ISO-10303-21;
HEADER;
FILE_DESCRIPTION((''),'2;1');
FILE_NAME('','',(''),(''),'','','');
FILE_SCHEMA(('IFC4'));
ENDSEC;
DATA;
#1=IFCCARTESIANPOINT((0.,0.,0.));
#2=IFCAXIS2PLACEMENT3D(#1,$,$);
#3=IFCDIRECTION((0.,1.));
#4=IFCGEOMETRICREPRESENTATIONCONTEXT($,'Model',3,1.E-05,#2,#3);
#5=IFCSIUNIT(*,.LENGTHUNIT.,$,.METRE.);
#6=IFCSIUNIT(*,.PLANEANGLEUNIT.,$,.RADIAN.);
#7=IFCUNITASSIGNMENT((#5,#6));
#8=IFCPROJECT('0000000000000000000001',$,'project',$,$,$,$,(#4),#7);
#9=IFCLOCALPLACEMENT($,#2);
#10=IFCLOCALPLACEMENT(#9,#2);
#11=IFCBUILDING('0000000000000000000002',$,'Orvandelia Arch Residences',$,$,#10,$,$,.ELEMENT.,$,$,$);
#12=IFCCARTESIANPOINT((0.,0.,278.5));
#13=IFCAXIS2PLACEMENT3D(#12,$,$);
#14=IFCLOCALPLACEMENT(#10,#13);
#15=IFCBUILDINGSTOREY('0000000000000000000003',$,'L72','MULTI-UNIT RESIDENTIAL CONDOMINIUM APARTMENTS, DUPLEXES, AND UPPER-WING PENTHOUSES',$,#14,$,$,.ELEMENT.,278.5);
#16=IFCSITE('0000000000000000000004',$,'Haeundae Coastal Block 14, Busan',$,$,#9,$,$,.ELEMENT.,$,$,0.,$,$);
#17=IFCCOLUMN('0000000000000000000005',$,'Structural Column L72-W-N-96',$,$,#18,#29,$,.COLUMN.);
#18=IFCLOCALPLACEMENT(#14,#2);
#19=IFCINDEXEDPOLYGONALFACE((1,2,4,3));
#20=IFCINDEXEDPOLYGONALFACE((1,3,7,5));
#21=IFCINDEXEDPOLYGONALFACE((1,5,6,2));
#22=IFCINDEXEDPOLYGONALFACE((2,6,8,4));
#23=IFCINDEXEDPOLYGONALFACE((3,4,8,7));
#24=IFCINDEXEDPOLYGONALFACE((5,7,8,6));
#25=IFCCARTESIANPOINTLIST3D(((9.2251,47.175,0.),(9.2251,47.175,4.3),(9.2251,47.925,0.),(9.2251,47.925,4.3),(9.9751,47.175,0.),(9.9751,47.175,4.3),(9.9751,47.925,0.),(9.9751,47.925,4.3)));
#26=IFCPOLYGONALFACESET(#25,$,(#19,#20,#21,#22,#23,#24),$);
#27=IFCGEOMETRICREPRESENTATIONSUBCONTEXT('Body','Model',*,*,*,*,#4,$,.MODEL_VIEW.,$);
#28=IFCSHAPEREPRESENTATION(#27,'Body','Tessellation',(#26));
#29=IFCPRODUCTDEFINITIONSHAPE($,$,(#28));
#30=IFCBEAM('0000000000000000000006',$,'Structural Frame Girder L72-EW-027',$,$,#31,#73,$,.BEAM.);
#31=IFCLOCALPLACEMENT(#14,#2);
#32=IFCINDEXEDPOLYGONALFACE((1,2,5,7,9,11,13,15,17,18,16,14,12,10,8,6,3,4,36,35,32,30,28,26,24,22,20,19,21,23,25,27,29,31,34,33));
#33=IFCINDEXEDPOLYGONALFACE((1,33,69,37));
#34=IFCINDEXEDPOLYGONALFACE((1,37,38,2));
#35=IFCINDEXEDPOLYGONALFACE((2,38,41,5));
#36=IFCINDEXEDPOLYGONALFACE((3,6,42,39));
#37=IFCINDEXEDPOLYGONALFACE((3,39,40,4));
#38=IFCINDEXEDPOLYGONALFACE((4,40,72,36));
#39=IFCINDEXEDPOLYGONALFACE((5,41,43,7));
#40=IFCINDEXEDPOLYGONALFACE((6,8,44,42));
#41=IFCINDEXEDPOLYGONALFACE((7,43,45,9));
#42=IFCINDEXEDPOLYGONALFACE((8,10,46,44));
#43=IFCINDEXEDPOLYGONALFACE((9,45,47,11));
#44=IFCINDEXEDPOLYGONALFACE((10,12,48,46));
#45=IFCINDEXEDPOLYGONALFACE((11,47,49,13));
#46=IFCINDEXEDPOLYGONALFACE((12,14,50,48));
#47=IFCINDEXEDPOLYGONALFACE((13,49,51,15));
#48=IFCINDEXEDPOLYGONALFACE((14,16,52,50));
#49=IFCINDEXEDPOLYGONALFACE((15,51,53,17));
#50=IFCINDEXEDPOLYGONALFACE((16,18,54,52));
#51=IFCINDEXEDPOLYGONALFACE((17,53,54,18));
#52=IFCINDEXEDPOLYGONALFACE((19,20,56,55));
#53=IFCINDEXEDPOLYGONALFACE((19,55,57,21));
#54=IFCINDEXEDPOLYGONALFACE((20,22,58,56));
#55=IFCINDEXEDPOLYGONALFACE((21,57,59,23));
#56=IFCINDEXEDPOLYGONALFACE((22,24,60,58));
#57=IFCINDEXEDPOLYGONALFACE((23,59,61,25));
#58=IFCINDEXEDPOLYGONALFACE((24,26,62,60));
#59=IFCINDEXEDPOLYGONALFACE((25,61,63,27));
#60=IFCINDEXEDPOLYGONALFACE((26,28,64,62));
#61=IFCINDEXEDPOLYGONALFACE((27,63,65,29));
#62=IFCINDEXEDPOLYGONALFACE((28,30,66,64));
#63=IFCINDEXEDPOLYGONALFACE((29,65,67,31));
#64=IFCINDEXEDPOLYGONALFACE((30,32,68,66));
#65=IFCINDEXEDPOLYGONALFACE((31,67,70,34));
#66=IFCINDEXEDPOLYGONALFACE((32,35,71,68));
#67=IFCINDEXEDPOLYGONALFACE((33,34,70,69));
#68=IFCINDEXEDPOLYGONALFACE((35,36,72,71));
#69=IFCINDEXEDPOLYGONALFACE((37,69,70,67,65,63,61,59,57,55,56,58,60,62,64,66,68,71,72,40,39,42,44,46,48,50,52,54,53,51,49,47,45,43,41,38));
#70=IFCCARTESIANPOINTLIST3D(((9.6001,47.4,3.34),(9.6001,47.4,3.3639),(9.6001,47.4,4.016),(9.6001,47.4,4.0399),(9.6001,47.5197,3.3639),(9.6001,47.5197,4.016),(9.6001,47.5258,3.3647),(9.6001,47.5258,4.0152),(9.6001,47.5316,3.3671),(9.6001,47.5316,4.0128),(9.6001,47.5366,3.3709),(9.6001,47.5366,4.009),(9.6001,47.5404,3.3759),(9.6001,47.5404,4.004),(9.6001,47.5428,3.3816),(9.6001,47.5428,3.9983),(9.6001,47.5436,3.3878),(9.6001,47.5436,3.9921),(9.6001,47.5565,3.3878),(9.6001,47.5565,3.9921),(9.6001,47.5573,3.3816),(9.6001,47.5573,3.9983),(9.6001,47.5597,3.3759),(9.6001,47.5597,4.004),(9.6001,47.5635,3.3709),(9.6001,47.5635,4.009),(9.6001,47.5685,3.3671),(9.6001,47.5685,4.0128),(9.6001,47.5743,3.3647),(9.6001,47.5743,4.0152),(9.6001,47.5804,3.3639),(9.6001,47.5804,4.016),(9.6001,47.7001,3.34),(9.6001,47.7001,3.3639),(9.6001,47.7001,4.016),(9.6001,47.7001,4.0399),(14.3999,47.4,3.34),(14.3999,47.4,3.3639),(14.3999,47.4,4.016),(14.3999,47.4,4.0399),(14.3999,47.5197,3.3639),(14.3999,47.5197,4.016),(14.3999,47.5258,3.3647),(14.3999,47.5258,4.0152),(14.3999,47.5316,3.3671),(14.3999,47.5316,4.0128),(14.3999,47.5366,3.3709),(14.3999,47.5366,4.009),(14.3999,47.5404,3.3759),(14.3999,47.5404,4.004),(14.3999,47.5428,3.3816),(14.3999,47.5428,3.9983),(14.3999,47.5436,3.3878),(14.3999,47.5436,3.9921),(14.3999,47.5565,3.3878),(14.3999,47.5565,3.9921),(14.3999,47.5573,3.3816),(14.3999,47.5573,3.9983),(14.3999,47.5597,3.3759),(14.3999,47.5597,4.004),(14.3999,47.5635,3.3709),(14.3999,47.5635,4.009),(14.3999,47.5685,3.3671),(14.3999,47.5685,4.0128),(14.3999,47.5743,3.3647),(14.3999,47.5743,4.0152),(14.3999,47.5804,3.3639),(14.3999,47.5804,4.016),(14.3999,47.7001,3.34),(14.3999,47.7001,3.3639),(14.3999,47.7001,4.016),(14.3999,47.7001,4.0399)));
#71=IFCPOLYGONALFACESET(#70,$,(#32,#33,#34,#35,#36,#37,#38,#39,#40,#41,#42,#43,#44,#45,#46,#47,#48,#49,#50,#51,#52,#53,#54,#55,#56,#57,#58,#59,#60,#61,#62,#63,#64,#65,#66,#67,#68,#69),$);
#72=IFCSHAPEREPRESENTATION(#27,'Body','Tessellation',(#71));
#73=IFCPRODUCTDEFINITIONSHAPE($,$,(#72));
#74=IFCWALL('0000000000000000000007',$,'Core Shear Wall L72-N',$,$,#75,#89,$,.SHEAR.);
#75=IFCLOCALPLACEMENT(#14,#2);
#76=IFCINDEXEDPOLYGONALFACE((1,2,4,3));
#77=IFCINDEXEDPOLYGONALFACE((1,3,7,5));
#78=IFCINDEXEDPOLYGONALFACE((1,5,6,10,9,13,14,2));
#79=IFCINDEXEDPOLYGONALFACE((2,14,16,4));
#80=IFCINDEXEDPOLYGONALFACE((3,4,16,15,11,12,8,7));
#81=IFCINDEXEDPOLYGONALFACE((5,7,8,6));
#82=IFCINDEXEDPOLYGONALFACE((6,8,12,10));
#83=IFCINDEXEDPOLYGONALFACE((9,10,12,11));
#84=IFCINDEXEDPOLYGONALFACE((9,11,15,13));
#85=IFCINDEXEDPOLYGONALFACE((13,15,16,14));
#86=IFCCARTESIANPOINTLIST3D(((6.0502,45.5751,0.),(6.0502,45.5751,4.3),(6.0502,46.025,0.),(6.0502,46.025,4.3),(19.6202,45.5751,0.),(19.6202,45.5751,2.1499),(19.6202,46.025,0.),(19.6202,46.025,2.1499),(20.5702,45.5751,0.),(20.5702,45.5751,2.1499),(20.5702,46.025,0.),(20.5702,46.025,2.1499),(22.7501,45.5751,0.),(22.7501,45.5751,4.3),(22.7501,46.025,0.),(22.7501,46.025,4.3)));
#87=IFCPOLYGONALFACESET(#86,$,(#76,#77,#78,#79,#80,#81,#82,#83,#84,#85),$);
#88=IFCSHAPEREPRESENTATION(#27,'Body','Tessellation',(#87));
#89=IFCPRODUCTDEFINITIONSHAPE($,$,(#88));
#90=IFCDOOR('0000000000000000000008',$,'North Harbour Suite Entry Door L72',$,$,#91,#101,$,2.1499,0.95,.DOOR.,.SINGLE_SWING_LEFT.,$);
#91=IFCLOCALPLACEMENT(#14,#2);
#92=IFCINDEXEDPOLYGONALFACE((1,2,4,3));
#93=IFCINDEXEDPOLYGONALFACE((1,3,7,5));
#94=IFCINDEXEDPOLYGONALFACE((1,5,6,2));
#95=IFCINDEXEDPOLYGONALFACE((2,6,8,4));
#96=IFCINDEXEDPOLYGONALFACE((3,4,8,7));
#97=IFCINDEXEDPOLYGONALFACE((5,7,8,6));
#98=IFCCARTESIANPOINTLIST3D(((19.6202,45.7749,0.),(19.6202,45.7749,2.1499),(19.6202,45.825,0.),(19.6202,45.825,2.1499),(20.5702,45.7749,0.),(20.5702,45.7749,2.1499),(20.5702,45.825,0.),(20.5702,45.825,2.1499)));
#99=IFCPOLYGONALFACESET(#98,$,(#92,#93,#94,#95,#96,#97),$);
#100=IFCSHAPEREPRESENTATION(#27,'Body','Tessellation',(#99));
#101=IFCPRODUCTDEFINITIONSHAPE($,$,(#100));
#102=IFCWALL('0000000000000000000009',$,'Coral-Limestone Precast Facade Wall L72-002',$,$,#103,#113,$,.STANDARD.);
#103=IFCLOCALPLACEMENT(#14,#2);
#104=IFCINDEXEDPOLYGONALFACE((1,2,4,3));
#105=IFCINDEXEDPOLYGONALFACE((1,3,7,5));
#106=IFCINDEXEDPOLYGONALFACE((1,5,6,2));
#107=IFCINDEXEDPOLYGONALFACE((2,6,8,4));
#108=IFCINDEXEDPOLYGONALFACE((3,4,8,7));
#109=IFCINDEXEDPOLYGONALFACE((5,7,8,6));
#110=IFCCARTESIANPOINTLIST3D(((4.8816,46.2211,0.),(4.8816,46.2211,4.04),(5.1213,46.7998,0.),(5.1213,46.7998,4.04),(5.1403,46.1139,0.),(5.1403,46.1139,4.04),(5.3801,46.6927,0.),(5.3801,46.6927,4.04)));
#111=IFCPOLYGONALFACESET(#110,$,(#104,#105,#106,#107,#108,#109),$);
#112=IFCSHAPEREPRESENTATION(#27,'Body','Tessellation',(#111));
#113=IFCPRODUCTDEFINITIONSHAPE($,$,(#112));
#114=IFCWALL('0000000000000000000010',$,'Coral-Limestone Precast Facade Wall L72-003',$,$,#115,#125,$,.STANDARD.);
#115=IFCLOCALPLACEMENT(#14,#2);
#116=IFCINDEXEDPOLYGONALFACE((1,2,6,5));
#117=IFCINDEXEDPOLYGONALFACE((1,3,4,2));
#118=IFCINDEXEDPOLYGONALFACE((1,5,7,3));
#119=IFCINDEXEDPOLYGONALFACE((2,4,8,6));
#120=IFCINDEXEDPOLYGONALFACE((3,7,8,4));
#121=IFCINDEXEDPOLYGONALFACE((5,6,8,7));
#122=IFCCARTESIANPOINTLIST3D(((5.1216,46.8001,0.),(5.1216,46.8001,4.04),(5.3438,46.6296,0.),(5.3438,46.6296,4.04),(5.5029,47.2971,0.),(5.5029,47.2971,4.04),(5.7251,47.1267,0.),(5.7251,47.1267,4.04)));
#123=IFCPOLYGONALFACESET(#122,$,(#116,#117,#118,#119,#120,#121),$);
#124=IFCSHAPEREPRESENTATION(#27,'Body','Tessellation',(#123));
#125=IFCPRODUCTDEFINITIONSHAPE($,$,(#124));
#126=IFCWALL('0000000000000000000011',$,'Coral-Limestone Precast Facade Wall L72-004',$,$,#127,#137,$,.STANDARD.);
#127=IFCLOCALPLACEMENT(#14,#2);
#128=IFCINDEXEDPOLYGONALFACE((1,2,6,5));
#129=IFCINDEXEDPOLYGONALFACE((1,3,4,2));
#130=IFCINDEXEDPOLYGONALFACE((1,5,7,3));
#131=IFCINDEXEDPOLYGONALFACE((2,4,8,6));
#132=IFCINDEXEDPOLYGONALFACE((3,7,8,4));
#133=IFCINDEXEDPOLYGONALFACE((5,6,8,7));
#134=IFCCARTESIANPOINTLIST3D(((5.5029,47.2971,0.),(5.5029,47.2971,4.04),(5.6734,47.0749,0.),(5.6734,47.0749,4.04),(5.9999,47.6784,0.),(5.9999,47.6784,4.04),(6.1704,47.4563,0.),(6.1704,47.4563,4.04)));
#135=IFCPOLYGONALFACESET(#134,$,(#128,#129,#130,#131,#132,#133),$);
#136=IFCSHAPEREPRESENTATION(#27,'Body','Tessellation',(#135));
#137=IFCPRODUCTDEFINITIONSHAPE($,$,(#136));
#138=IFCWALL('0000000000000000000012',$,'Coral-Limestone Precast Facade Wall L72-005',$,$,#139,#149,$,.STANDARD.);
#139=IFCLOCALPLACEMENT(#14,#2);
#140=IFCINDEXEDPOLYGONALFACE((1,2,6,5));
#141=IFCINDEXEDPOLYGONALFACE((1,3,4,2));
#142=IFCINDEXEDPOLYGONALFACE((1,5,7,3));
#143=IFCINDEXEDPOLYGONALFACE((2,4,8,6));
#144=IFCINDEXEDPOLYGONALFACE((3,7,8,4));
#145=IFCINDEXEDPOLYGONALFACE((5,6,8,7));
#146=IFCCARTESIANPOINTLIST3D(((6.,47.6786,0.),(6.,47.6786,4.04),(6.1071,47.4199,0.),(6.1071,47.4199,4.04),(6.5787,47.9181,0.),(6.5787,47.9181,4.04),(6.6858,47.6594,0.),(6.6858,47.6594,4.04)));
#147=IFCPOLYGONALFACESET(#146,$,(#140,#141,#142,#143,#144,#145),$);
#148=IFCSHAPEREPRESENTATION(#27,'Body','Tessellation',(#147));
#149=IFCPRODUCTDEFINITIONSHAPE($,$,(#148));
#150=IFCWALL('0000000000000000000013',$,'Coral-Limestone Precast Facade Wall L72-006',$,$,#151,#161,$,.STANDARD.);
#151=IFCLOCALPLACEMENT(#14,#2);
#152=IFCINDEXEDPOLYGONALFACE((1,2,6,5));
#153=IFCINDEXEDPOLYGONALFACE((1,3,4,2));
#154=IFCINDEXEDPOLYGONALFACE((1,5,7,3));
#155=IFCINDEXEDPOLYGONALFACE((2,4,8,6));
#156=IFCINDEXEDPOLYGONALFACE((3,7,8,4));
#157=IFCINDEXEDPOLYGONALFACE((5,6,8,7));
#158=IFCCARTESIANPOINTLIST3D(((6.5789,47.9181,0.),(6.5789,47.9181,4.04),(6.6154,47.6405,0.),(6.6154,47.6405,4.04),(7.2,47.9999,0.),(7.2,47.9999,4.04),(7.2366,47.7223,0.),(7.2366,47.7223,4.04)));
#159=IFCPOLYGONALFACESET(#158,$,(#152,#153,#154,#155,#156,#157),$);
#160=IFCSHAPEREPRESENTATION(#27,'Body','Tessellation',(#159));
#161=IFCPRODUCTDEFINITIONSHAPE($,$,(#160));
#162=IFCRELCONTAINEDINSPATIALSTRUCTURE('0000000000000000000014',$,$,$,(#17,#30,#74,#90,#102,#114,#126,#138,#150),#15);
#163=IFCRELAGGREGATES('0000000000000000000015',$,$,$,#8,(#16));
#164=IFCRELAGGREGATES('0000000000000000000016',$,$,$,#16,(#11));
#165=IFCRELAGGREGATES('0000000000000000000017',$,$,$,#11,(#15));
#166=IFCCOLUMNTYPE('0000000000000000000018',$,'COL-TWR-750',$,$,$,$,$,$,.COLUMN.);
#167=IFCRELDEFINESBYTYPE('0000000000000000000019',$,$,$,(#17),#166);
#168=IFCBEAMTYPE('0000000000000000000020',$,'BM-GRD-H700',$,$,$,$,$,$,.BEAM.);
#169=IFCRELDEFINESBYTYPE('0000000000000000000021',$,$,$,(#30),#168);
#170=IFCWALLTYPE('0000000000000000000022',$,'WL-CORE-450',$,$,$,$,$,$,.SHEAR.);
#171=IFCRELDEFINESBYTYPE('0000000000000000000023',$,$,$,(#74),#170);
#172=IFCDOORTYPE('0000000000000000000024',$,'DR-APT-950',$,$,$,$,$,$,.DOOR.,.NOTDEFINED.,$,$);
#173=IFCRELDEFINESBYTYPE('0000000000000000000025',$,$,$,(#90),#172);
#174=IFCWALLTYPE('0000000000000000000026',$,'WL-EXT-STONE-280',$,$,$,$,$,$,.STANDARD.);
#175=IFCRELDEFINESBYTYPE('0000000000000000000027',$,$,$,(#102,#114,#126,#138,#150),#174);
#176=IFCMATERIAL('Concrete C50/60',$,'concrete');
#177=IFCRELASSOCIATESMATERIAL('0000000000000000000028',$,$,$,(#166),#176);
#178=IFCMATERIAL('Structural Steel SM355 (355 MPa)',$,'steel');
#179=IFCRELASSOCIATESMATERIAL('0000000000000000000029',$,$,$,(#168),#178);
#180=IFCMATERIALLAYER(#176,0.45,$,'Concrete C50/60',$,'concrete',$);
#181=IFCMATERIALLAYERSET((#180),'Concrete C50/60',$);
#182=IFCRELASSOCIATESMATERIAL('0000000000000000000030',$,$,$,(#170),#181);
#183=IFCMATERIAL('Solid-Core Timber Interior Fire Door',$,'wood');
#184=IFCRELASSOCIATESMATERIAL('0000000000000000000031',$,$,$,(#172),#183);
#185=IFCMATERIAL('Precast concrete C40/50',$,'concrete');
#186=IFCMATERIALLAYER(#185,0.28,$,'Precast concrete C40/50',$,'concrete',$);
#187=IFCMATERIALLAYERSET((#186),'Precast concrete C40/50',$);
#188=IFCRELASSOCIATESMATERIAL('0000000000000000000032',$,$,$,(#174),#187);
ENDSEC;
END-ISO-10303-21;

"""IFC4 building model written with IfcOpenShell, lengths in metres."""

from ifc_helpers import new_model, si_unit, direction, frame, frame_2d, origin, origin_2d, place, context, subcontext, project, spatial, rectangle, i_section, extrude, material, layer, layer_set, material_profile, profile_set, type_object, element, fill, save


model = new_model("IFC4")

# Units and contexts
model_context = context("Model", 3, precision=1e-05, world=origin(), true_north=direction((0.0, 1.0)))
body_context = subcontext(model_context, "Body", "Model", "MODEL_VIEW")
ifc_project = project(units=[si_unit("LENGTHUNIT", "METRE"), si_unit("PLANEANGLEUNIT", "RADIAN")], contexts=[model_context])

# Site, building, storey
site_placement = place(None, origin())
site = spatial("IfcSite", under=ifc_project, at=site_placement, Name="Haeundae Coastal Block 14, Busan", CompositionType="ELEMENT", RefElevation=0.0)
building_placement = place(site_placement, origin())
building = spatial("IfcBuilding", under=site, at=building_placement, Name="Orvandelia Arch Residences", CompositionType="ELEMENT")
storey_placement = place(building_placement, frame((0.0, 0.0, 278.5)))
storey = spatial("IfcBuildingStorey", under=building, at=storey_placement, Name="L72", Description="MULTI-UNIT RESIDENTIAL CONDOMINIUM APARTMENTS, DUPLEXES, AND UPPER-WING PENTHOUSES", CompositionType="ELEMENT", Elevation=278.5)

# Column
ifc_material_1 = material(Name="Concrete C50/60", Category="concrete")
ifc_material_profile_1 = material_profile(ifc_material_1, rectangle(XDim=0.75, YDim=0.75, at=origin_2d()), Name="Concrete C50/60", Category="concrete")
ifc_profile_set_1 = profile_set([ifc_material_profile_1], Name="Concrete C50/60")
column_type = type_object("IfcColumnType", Name="COL-TWR-750", PredefinedType="COLUMN", material=ifc_profile_set_1)
column_placement = place(storey_placement, frame((9.6001, 47.55, 0.0), z_axis=(0.0, 0.0, 1.0), x_axis=(1.0, 0.0, 0.0)))
element("IfcColumn", 1, at=column_placement, inside=storey, type_object=column_type, Name="Structural Column L72-W-N-96", PredefinedType="COLUMN", context=body_context, shape_type="SweptSolid", body=[
    extrude(rectangle(XDim=0.75, YDim=0.75, at=origin_2d()), origin(), (0.0, 0.0, 1.0), 4.3),
])

# Beam
ifc_material_2 = material(Name="Structural Steel SM355 (355 MPa)", Category="steel")
ifc_material_profile_2 = material_profile(ifc_material_2, i_section(OverallWidth=0.3, OverallDepth=0.7, WebThickness=0.0129, FlangeThickness=0.0239, FilletRadius=0.0239, at=origin_2d()), Name="Structural Steel SM355 (355 MPa)", Category="steel")
ifc_profile_set_2 = profile_set([ifc_material_profile_2], Name="Structural Steel SM355 (355 MPa)")
beam_type = type_object("IfcBeamType", Name="BM-GRD-H700", PredefinedType="BEAM", material=ifc_profile_set_2)
beam_placement = place(storey_placement, frame((9.6001, 47.55, 3.6899), z_axis=(1.0, 0.0, 0.0), x_axis=(0.0, 1.0, 0.0)))
element("IfcBeam", 2, at=beam_placement, inside=storey, type_object=beam_type, Name="Structural Frame Girder L72-EW-027", PredefinedType="BEAM", context=body_context, shape_type="SweptSolid", body=[
    extrude(i_section(OverallWidth=0.3, OverallDepth=0.7, WebThickness=0.0129, FlangeThickness=0.0239, FilletRadius=0.0239, at=origin_2d()), origin(), (0.0, 0.0, 1.0), 4.7998),
])

# Wall, opening, door
ifc_layer_1 = layer(ifc_material_1, 0.45, Name="Concrete C50/60", Category="concrete")
ifc_layer_set_1 = layer_set([ifc_layer_1], Name="Concrete C50/60")
wall_type_1 = type_object("IfcWallType", Name="WL-CORE-450", PredefinedType="SHEAR", material=ifc_layer_set_1)
wall_1_placement = place(storey_placement, frame((6.05, 45.8, 0.0), z_axis=(0.0, 0.0, 1.0), x_axis=(1.0, 0.0, 0.0)))
wall_1 = element("IfcWall", 3, at=wall_1_placement, inside=storey, type_object=wall_type_1, Name="Core Shear Wall L72-N", PredefinedType="SHEAR", context=body_context, shape_type="SweptSolid", body=[
    extrude(rectangle(XDim=16.7, YDim=0.45, at=frame_2d((8.3501, 0.0))), origin(), (0.0, 0.0, 1.0), 4.3),
])
opening_1_placement = place(wall_1_placement, frame((13.5701, 0.0, 0.0)))
opening_1 = element("IfcOpeningElement", 4, at=opening_1_placement, cuts=wall_1, PredefinedType="OPENING", context=body_context, shape_type="SweptSolid", body=[
    extrude(rectangle(XDim=0.95, YDim=2.1499, at=frame_2d((0.4751, 1.075))), frame((0.0, 0.2349, 0.0), z_axis=(0.0, -1.0, 0.0), x_axis=(1.0, 0.0, 0.0)), (0.0, 0.0, 1.0), 0.47),
])
ifc_material_3 = material(Name="Solid-Core Timber Interior Fire Door", Category="wood")
door_type_1 = type_object("IfcDoorType", Name="DR-APT-950", OperationType="NOTDEFINED", PredefinedType="DOOR", material=ifc_material_3)
door_1_placement = place(opening_1_placement, origin())
door_1 = element("IfcDoor", 5, at=door_1_placement, inside=storey, type_object=door_type_1, Name="North Harbour Suite Entry Door L72", OperationType="SINGLE_SWING_LEFT", OverallHeight=2.1499, OverallWidth=0.95, PredefinedType="DOOR", context=body_context, shape_type="SweptSolid", body=[
    extrude(rectangle(XDim=0.95, YDim=2.1499, at=frame_2d((0.4751, 1.075))), frame((0.0, 0.0249, 0.0), z_axis=(0.0, -1.0, 0.0), x_axis=(1.0, 0.0, 0.0)), (0.0, 0.0, 1.0), 0.05),
])
fill(opening_1, door_1)

# Walls
ifc_material_4 = material(Name="Precast concrete C40/50", Category="concrete")
ifc_layer_2 = layer(ifc_material_4, 0.28, Name="Precast concrete C40/50", Category="concrete")
ifc_layer_set_2 = layer_set([ifc_layer_2], Name="Precast concrete C40/50")
wall_type_2 = type_object("IfcWallType", Name="WL-EXT-STONE-280", PredefinedType="STANDARD", material=ifc_layer_set_2)
for number, where, z_axis, x_axis, name in (
    (6, (5.011, 46.1675, 0.0), (0.0, 0.0, 1.0), (0.38265, 0.923893, 0.0), "Coral-Limestone Precast Facade Wall L72-002"),
    (7, (5.2327, 46.7148, 0.0), (0.0, 0.0, 1.0), (0.608693, 0.793406, 0.0), "Coral-Limestone Precast Facade Wall L72-003"),
    (8, (5.5881, 47.186, 0.0), (0.0, 0.0, 1.0), (0.793406, 0.608693, 0.0), "Coral-Limestone Precast Facade Wall L72-004"),
):
    element("IfcWall", number, at=place(storey_placement, frame(where, z_axis=z_axis, x_axis=x_axis)), inside=storey, type_object=wall_type_2, Name=name, PredefinedType="STANDARD", context=body_context, shape_type="SweptSolid", body=[
        extrude(rectangle(XDim=0.6265, YDim=0.28, at=frame_2d((0.3132, 0.0))), origin(), (0.0, 0.0, 1.0), 4.04),
    ])
wall_2_placement = place(storey_placement, frame((6.0537, 47.5493, 0.0), z_axis=(0.0, 0.0, 1.0), x_axis=(0.923974, 0.382455, 0.0)))
element("IfcWall", 9, at=wall_2_placement, inside=storey, type_object=wall_type_2, Name="Coral-Limestone Precast Facade Wall L72-005", PredefinedType="STANDARD", context=body_context, shape_type="SweptSolid", body=[
    extrude(rectangle(XDim=0.6262, YDim=0.28, at=frame_2d((0.313, 0.0))), origin(), (0.0, 0.0, 1.0), 4.04),
])
wall_3_placement = place(storey_placement, frame((6.5972, 47.7793, 0.0), z_axis=(0.0, 0.0, 1.0), x_axis=(0.991441, 0.130555, 0.0)))
element("IfcWall", 10, at=wall_3_placement, inside=storey, type_object=wall_type_2, Name="Coral-Limestone Precast Facade Wall L72-006", PredefinedType="STANDARD", context=body_context, shape_type="SweptSolid", body=[
    extrude(rectangle(XDim=0.6265, YDim=0.28, at=frame_2d((0.3132, 0.0))), origin(), (0.0, 0.0, 1.0), 4.04),
])

save(model, "model.ifc")
